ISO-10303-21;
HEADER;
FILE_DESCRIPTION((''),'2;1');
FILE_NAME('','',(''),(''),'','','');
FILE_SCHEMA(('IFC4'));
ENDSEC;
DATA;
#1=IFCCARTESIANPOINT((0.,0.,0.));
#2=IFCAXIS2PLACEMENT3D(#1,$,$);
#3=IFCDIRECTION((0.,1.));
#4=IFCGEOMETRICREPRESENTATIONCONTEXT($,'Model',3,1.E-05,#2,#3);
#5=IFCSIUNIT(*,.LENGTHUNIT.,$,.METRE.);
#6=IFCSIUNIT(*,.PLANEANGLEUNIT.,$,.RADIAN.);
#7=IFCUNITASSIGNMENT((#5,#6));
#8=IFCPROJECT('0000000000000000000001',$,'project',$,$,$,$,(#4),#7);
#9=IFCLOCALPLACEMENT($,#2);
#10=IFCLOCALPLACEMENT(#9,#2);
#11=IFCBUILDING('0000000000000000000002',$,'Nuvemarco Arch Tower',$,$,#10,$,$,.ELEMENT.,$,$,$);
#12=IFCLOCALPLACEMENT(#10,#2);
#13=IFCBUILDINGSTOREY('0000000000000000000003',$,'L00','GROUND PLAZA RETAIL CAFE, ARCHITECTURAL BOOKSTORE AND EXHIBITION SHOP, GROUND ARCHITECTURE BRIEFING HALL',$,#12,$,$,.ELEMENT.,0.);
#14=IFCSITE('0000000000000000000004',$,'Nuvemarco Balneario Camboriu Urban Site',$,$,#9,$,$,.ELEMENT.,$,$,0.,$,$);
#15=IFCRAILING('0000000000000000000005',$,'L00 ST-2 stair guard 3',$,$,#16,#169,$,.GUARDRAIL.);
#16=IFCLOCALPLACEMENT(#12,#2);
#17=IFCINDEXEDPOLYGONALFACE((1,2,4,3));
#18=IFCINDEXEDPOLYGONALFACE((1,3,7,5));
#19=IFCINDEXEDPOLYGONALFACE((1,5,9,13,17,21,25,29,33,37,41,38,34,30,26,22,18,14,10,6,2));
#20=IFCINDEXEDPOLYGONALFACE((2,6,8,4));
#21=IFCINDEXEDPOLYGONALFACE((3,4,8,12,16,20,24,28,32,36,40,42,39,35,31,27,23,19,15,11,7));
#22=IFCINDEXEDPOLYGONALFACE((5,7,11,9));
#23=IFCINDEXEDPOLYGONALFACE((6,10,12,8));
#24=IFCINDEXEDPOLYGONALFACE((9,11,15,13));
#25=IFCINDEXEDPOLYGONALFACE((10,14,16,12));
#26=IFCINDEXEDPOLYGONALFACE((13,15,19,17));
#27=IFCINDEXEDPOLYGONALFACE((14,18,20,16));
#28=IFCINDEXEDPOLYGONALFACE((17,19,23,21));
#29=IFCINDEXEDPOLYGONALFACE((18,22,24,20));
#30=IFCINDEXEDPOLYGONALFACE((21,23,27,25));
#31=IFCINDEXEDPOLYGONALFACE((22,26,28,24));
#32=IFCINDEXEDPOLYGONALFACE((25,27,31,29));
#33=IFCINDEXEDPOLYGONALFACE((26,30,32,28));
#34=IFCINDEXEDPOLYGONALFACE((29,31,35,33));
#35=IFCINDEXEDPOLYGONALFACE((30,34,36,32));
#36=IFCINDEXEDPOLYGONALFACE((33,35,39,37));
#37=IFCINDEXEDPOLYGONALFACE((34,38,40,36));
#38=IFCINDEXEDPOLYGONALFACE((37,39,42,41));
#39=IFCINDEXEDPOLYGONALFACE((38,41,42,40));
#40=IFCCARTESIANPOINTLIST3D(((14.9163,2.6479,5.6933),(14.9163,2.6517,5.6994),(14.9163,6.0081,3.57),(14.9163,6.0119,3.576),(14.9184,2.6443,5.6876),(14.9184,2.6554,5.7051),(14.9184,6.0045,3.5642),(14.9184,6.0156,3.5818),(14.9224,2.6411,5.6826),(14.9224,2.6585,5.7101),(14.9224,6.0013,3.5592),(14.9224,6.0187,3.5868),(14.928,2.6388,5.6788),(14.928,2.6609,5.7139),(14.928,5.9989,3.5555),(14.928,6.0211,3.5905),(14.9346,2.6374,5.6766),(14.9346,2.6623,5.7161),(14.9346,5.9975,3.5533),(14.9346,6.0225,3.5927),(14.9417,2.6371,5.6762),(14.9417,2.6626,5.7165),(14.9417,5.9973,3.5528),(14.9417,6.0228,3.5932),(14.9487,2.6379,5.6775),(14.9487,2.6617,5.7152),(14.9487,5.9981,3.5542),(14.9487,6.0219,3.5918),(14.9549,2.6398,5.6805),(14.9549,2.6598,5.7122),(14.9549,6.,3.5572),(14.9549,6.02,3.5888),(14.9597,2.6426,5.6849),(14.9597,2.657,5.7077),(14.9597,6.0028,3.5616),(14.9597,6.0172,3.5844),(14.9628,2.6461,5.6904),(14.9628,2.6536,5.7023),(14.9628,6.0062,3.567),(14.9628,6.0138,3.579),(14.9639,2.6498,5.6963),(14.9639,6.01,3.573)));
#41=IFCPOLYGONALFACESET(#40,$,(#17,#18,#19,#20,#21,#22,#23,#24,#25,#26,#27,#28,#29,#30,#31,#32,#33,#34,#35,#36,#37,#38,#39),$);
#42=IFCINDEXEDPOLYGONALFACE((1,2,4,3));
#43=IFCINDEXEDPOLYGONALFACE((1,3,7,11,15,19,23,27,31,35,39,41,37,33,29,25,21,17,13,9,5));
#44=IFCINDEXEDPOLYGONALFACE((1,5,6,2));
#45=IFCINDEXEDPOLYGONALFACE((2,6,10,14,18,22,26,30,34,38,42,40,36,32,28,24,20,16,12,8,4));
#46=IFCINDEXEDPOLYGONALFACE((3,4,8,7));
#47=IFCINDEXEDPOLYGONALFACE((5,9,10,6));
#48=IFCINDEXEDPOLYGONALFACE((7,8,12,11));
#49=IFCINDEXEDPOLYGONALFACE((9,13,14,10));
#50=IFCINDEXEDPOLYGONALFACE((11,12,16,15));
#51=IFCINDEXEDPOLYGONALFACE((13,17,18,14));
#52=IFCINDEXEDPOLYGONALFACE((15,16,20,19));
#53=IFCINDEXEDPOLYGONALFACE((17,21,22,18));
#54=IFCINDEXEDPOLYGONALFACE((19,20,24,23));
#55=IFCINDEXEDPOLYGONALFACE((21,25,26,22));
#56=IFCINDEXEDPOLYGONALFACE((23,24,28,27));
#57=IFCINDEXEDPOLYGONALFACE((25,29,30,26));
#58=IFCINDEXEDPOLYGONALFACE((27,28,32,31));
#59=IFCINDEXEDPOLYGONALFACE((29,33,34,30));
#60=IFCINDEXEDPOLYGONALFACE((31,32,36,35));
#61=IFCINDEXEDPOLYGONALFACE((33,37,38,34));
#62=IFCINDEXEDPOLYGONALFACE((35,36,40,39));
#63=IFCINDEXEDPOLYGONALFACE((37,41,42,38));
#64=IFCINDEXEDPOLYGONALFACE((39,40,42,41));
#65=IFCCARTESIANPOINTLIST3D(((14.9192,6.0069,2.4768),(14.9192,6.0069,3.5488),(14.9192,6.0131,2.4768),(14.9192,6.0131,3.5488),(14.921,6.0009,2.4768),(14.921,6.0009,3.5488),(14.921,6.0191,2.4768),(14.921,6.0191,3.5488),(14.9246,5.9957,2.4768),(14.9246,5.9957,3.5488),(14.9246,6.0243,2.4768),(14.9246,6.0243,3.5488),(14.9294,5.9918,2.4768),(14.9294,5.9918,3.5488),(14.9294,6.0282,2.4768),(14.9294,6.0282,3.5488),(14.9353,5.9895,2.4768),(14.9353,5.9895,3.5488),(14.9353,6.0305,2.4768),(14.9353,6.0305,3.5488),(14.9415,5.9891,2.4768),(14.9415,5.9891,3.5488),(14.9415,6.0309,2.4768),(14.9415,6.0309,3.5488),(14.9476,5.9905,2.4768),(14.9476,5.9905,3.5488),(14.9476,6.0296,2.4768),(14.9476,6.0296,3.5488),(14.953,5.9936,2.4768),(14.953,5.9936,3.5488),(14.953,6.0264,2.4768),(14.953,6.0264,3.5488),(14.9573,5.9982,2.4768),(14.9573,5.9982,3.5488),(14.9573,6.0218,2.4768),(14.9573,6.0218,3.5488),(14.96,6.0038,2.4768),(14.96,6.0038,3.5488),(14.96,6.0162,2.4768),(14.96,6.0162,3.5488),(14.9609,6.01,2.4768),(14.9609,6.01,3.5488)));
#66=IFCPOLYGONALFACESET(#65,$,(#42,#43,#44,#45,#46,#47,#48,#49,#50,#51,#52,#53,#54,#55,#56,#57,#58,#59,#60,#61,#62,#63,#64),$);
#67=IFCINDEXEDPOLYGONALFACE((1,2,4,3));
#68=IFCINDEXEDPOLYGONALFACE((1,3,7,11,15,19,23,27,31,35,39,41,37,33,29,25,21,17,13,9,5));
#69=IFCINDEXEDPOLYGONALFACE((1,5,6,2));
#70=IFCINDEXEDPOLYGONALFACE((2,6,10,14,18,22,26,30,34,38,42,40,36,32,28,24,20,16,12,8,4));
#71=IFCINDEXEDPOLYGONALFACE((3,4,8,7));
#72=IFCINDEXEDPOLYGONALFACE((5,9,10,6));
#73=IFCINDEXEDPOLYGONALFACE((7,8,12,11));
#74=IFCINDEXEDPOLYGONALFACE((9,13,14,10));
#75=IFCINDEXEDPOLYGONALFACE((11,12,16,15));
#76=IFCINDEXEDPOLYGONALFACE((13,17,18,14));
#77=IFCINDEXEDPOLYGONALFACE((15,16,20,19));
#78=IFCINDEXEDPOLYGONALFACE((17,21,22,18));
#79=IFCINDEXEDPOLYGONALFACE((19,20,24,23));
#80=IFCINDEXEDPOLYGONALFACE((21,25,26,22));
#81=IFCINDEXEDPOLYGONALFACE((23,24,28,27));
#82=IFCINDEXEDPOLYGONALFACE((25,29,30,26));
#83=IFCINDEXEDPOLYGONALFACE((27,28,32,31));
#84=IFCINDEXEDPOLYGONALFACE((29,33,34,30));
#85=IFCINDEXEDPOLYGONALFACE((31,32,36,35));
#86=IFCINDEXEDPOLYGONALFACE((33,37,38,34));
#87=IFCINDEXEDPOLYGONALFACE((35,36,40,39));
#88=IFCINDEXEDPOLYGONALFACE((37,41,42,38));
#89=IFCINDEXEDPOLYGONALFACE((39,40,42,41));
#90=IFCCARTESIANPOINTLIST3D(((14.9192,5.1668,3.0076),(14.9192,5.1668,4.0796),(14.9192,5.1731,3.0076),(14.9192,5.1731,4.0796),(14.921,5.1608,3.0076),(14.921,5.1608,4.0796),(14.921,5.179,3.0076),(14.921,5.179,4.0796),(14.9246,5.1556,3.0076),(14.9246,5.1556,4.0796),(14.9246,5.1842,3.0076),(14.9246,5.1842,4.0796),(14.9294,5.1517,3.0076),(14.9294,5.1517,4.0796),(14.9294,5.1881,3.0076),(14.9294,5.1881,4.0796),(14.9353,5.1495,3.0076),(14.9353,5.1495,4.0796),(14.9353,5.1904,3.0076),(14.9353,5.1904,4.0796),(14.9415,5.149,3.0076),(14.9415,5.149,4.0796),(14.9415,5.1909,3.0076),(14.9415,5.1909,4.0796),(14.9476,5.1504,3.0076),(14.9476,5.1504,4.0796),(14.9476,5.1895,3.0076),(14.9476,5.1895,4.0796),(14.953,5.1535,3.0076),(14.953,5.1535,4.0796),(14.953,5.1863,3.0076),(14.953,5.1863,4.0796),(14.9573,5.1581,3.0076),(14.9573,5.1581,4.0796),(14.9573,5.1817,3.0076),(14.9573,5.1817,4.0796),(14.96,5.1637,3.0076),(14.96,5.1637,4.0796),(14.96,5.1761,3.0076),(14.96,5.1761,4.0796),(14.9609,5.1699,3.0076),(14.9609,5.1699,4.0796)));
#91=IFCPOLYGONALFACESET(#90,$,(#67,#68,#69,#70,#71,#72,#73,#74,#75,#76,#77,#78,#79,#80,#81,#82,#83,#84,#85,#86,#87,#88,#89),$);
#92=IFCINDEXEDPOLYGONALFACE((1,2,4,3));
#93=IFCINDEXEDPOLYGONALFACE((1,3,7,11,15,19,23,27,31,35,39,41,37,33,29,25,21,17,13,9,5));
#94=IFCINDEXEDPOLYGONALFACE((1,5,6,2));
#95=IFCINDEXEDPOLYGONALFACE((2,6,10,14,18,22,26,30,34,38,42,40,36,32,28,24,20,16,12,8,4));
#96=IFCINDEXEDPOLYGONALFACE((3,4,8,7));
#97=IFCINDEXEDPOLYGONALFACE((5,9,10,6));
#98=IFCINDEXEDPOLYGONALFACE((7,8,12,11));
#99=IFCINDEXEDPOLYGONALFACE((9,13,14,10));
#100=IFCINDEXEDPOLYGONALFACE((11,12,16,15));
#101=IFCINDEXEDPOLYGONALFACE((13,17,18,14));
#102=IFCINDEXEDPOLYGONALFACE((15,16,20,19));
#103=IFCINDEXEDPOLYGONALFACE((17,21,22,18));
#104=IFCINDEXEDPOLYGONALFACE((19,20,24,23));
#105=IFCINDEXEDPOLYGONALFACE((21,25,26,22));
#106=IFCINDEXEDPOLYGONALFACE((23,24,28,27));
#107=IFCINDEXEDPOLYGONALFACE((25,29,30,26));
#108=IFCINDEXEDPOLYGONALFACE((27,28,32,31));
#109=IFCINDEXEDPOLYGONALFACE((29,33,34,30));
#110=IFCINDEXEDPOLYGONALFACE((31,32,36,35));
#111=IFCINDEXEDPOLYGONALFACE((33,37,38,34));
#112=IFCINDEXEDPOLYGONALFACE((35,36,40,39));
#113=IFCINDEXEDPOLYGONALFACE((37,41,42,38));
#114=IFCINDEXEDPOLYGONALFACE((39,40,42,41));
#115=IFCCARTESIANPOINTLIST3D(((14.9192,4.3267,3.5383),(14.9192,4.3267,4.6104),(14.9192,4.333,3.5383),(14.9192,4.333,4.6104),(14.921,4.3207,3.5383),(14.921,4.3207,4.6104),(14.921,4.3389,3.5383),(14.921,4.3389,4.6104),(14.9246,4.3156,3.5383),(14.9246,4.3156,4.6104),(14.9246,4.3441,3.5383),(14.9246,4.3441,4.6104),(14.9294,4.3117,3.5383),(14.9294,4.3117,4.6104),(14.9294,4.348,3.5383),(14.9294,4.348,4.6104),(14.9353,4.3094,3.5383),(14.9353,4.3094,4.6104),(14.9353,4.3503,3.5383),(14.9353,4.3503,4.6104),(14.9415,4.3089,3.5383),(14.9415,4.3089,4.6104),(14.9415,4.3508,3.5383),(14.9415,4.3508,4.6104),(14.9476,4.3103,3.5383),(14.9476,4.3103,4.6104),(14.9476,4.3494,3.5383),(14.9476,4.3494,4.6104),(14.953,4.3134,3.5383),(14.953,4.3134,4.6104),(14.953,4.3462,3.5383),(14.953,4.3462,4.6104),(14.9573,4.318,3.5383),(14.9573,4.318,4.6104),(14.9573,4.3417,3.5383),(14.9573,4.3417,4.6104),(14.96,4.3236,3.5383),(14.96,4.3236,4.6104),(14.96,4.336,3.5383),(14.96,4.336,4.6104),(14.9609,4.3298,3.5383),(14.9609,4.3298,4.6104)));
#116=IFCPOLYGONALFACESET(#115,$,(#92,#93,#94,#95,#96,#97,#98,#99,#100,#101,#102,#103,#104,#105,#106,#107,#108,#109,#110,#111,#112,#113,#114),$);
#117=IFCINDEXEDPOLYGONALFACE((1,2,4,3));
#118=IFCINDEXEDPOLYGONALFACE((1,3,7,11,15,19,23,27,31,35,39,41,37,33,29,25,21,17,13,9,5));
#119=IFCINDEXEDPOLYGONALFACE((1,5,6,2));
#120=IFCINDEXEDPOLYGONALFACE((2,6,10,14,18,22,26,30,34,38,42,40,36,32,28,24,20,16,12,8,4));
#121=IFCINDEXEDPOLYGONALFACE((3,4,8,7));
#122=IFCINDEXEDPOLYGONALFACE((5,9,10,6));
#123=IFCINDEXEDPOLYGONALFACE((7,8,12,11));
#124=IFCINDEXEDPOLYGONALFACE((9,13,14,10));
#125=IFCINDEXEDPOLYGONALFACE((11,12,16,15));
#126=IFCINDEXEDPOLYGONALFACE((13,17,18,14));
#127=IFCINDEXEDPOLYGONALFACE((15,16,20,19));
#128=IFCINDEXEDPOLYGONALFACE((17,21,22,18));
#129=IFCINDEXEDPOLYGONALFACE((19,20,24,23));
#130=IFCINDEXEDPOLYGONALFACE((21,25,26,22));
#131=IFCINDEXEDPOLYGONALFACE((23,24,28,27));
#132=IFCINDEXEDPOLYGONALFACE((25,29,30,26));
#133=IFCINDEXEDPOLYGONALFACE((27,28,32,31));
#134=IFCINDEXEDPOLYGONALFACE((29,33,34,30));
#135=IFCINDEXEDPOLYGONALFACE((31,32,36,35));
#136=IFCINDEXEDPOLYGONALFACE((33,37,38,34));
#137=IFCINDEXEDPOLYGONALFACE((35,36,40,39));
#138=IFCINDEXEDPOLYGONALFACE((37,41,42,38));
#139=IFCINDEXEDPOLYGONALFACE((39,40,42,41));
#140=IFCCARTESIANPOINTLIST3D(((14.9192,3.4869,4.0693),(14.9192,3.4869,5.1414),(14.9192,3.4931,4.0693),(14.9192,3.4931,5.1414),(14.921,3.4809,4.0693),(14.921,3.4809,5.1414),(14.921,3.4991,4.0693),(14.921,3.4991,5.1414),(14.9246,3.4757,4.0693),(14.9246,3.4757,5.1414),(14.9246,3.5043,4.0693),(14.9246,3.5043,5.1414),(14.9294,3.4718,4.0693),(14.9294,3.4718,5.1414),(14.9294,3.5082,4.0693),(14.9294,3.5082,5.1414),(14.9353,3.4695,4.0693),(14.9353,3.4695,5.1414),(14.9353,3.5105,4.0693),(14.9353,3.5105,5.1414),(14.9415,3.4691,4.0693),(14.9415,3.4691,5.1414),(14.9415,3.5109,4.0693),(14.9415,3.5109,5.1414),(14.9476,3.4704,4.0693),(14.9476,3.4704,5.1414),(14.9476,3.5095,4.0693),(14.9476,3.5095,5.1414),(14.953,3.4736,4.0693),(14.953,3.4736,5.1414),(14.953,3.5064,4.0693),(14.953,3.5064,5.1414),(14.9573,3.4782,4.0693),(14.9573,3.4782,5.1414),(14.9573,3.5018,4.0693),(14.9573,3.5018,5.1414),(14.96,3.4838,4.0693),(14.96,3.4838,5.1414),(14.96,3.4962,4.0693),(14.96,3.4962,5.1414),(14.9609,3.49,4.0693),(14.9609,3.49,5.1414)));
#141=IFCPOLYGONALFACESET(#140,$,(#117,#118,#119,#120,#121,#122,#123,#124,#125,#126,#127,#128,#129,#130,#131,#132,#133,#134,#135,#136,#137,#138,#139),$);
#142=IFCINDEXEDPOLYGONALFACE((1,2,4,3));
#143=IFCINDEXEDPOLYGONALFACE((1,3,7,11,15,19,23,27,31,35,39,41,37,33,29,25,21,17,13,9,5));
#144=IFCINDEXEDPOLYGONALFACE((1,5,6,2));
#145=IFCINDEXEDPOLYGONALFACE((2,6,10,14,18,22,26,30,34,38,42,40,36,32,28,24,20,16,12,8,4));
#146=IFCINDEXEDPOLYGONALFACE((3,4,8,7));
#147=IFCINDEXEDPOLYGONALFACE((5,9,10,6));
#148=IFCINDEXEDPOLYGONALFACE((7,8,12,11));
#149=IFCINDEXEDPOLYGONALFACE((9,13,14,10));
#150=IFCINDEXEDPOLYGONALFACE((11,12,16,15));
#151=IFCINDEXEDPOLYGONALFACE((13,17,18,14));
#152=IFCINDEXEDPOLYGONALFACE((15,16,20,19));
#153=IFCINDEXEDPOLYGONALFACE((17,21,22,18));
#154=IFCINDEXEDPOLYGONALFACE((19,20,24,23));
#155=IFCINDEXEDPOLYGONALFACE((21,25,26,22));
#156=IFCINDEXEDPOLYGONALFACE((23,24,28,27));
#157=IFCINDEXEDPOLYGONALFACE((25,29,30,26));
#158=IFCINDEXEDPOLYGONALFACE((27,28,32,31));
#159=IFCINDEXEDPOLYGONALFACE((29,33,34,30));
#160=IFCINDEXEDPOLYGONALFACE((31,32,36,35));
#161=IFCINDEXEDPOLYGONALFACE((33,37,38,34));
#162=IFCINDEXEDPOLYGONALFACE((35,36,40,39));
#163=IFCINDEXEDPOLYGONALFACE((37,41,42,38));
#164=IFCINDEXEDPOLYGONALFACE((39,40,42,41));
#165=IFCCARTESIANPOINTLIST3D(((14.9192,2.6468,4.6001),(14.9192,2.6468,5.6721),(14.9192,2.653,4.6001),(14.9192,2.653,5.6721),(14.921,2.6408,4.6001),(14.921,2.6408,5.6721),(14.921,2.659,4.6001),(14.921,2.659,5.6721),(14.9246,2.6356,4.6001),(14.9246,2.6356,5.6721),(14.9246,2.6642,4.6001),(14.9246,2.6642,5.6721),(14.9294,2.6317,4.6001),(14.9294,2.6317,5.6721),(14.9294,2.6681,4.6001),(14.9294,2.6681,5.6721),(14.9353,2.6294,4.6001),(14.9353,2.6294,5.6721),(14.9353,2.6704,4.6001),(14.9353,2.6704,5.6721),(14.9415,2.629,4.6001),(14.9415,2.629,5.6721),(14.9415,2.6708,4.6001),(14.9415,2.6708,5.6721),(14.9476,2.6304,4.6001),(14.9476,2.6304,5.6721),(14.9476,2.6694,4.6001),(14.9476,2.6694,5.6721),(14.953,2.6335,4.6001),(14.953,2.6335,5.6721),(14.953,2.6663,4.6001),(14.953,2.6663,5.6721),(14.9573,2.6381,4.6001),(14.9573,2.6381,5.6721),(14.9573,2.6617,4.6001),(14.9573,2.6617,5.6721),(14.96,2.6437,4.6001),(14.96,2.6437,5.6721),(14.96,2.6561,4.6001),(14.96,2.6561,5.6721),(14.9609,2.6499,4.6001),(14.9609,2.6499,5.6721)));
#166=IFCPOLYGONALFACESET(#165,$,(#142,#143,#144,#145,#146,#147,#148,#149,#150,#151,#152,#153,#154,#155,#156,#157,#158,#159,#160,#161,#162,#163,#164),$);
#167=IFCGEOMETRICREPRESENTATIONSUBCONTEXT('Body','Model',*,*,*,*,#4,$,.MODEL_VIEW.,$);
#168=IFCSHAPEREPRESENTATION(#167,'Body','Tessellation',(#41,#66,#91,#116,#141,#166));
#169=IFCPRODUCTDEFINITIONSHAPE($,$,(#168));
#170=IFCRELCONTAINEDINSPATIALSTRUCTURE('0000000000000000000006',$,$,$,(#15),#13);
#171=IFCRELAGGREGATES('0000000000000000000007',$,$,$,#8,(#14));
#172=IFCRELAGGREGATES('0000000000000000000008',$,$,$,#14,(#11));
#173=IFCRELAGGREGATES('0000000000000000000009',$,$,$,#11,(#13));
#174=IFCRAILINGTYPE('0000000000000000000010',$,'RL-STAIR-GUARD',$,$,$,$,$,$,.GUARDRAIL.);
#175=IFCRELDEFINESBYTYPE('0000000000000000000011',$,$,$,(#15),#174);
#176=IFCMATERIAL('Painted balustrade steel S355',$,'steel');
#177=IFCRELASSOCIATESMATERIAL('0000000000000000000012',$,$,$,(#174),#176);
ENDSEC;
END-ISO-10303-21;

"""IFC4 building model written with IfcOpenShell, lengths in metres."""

from ifc_helpers import new_model, si_unit, direction, frame, origin, origin_2d, place, context, subcontext, project, spatial, circle, extrude, material, type_object, element, save


model = new_model("IFC4")

# Units and contexts
model_context = context("Model", 3, precision=1e-05, world=origin(), true_north=direction((0.0, 1.0)))
body_context = subcontext(model_context, "Body", "Model", "MODEL_VIEW")
ifc_project = project(units=[si_unit("LENGTHUNIT", "METRE"), si_unit("PLANEANGLEUNIT", "RADIAN")], contexts=[model_context])

# Site, building, storey
site_placement = place(None, origin())
site = spatial("IfcSite", under=ifc_project, at=site_placement, Name="Nuvemarco Balneario Camboriu Urban Site", CompositionType="ELEMENT", RefElevation=0.0)
building_placement = place(site_placement, origin())
building = spatial("IfcBuilding", under=site, at=building_placement, Name="Nuvemarco Arch Tower", CompositionType="ELEMENT")
storey_placement = place(building_placement, origin())
storey = spatial("IfcBuildingStorey", under=building, at=storey_placement, Name="L00", Description="GROUND PLAZA RETAIL CAFE, ARCHITECTURAL BOOKSTORE AND EXHIBITION SHOP, GROUND ARCHITECTURE BRIEFING HALL", CompositionType="ELEMENT", Elevation=0.0)

# Railing
ifc_material_1 = material(Name="Painted balustrade steel S355", Category="steel")
railing_type_1 = type_object("IfcRailingType", Name="RL-STAIR-GUARD", PredefinedType="GUARDRAIL", material=ifc_material_1)
railing_1_placement = place(storey_placement, frame((14.9399, 6.01, 2.4768)))
element("IfcRailing", 1, at=railing_1_placement, inside=storey, type_object=railing_type_1, Name="L00 ST-2 stair guard 3", PredefinedType="GUARDRAIL", context=body_context, shape_type="SweptSolid", body=[
    extrude(circle(Radius=0.0239, at=origin_2d()), frame((0.0, 0.0, 1.0962), z_axis=(0.0, -0.845362, 0.534194), x_axis=(1.0, 0.0, 0.0)), (0.0, 0.0, 1.0), 3.9749),
    extrude(circle(Radius=0.021, at=origin_2d()), origin(), (0.0, 0.0, 1.0), 1.072),
    extrude(circle(Radius=0.021, at=origin_2d()), frame((0.0, -0.8401, 0.5308)), (0.0, 0.0, 1.0), 1.072),
    extrude(circle(Radius=0.021, at=origin_2d()), frame((0.0, -1.6802, 1.0615)), (0.0, 0.0, 1.0), 1.072),
    extrude(circle(Radius=0.021, at=origin_2d()), frame((0.0, -2.52, 1.5925)), (0.0, 0.0, 1.0), 1.072),
    extrude(circle(Radius=0.021, at=origin_2d()), frame((0.0, -3.3601, 2.1233)), (0.0, 0.0, 1.0), 1.072),
])

save(model, "model.ifc")
